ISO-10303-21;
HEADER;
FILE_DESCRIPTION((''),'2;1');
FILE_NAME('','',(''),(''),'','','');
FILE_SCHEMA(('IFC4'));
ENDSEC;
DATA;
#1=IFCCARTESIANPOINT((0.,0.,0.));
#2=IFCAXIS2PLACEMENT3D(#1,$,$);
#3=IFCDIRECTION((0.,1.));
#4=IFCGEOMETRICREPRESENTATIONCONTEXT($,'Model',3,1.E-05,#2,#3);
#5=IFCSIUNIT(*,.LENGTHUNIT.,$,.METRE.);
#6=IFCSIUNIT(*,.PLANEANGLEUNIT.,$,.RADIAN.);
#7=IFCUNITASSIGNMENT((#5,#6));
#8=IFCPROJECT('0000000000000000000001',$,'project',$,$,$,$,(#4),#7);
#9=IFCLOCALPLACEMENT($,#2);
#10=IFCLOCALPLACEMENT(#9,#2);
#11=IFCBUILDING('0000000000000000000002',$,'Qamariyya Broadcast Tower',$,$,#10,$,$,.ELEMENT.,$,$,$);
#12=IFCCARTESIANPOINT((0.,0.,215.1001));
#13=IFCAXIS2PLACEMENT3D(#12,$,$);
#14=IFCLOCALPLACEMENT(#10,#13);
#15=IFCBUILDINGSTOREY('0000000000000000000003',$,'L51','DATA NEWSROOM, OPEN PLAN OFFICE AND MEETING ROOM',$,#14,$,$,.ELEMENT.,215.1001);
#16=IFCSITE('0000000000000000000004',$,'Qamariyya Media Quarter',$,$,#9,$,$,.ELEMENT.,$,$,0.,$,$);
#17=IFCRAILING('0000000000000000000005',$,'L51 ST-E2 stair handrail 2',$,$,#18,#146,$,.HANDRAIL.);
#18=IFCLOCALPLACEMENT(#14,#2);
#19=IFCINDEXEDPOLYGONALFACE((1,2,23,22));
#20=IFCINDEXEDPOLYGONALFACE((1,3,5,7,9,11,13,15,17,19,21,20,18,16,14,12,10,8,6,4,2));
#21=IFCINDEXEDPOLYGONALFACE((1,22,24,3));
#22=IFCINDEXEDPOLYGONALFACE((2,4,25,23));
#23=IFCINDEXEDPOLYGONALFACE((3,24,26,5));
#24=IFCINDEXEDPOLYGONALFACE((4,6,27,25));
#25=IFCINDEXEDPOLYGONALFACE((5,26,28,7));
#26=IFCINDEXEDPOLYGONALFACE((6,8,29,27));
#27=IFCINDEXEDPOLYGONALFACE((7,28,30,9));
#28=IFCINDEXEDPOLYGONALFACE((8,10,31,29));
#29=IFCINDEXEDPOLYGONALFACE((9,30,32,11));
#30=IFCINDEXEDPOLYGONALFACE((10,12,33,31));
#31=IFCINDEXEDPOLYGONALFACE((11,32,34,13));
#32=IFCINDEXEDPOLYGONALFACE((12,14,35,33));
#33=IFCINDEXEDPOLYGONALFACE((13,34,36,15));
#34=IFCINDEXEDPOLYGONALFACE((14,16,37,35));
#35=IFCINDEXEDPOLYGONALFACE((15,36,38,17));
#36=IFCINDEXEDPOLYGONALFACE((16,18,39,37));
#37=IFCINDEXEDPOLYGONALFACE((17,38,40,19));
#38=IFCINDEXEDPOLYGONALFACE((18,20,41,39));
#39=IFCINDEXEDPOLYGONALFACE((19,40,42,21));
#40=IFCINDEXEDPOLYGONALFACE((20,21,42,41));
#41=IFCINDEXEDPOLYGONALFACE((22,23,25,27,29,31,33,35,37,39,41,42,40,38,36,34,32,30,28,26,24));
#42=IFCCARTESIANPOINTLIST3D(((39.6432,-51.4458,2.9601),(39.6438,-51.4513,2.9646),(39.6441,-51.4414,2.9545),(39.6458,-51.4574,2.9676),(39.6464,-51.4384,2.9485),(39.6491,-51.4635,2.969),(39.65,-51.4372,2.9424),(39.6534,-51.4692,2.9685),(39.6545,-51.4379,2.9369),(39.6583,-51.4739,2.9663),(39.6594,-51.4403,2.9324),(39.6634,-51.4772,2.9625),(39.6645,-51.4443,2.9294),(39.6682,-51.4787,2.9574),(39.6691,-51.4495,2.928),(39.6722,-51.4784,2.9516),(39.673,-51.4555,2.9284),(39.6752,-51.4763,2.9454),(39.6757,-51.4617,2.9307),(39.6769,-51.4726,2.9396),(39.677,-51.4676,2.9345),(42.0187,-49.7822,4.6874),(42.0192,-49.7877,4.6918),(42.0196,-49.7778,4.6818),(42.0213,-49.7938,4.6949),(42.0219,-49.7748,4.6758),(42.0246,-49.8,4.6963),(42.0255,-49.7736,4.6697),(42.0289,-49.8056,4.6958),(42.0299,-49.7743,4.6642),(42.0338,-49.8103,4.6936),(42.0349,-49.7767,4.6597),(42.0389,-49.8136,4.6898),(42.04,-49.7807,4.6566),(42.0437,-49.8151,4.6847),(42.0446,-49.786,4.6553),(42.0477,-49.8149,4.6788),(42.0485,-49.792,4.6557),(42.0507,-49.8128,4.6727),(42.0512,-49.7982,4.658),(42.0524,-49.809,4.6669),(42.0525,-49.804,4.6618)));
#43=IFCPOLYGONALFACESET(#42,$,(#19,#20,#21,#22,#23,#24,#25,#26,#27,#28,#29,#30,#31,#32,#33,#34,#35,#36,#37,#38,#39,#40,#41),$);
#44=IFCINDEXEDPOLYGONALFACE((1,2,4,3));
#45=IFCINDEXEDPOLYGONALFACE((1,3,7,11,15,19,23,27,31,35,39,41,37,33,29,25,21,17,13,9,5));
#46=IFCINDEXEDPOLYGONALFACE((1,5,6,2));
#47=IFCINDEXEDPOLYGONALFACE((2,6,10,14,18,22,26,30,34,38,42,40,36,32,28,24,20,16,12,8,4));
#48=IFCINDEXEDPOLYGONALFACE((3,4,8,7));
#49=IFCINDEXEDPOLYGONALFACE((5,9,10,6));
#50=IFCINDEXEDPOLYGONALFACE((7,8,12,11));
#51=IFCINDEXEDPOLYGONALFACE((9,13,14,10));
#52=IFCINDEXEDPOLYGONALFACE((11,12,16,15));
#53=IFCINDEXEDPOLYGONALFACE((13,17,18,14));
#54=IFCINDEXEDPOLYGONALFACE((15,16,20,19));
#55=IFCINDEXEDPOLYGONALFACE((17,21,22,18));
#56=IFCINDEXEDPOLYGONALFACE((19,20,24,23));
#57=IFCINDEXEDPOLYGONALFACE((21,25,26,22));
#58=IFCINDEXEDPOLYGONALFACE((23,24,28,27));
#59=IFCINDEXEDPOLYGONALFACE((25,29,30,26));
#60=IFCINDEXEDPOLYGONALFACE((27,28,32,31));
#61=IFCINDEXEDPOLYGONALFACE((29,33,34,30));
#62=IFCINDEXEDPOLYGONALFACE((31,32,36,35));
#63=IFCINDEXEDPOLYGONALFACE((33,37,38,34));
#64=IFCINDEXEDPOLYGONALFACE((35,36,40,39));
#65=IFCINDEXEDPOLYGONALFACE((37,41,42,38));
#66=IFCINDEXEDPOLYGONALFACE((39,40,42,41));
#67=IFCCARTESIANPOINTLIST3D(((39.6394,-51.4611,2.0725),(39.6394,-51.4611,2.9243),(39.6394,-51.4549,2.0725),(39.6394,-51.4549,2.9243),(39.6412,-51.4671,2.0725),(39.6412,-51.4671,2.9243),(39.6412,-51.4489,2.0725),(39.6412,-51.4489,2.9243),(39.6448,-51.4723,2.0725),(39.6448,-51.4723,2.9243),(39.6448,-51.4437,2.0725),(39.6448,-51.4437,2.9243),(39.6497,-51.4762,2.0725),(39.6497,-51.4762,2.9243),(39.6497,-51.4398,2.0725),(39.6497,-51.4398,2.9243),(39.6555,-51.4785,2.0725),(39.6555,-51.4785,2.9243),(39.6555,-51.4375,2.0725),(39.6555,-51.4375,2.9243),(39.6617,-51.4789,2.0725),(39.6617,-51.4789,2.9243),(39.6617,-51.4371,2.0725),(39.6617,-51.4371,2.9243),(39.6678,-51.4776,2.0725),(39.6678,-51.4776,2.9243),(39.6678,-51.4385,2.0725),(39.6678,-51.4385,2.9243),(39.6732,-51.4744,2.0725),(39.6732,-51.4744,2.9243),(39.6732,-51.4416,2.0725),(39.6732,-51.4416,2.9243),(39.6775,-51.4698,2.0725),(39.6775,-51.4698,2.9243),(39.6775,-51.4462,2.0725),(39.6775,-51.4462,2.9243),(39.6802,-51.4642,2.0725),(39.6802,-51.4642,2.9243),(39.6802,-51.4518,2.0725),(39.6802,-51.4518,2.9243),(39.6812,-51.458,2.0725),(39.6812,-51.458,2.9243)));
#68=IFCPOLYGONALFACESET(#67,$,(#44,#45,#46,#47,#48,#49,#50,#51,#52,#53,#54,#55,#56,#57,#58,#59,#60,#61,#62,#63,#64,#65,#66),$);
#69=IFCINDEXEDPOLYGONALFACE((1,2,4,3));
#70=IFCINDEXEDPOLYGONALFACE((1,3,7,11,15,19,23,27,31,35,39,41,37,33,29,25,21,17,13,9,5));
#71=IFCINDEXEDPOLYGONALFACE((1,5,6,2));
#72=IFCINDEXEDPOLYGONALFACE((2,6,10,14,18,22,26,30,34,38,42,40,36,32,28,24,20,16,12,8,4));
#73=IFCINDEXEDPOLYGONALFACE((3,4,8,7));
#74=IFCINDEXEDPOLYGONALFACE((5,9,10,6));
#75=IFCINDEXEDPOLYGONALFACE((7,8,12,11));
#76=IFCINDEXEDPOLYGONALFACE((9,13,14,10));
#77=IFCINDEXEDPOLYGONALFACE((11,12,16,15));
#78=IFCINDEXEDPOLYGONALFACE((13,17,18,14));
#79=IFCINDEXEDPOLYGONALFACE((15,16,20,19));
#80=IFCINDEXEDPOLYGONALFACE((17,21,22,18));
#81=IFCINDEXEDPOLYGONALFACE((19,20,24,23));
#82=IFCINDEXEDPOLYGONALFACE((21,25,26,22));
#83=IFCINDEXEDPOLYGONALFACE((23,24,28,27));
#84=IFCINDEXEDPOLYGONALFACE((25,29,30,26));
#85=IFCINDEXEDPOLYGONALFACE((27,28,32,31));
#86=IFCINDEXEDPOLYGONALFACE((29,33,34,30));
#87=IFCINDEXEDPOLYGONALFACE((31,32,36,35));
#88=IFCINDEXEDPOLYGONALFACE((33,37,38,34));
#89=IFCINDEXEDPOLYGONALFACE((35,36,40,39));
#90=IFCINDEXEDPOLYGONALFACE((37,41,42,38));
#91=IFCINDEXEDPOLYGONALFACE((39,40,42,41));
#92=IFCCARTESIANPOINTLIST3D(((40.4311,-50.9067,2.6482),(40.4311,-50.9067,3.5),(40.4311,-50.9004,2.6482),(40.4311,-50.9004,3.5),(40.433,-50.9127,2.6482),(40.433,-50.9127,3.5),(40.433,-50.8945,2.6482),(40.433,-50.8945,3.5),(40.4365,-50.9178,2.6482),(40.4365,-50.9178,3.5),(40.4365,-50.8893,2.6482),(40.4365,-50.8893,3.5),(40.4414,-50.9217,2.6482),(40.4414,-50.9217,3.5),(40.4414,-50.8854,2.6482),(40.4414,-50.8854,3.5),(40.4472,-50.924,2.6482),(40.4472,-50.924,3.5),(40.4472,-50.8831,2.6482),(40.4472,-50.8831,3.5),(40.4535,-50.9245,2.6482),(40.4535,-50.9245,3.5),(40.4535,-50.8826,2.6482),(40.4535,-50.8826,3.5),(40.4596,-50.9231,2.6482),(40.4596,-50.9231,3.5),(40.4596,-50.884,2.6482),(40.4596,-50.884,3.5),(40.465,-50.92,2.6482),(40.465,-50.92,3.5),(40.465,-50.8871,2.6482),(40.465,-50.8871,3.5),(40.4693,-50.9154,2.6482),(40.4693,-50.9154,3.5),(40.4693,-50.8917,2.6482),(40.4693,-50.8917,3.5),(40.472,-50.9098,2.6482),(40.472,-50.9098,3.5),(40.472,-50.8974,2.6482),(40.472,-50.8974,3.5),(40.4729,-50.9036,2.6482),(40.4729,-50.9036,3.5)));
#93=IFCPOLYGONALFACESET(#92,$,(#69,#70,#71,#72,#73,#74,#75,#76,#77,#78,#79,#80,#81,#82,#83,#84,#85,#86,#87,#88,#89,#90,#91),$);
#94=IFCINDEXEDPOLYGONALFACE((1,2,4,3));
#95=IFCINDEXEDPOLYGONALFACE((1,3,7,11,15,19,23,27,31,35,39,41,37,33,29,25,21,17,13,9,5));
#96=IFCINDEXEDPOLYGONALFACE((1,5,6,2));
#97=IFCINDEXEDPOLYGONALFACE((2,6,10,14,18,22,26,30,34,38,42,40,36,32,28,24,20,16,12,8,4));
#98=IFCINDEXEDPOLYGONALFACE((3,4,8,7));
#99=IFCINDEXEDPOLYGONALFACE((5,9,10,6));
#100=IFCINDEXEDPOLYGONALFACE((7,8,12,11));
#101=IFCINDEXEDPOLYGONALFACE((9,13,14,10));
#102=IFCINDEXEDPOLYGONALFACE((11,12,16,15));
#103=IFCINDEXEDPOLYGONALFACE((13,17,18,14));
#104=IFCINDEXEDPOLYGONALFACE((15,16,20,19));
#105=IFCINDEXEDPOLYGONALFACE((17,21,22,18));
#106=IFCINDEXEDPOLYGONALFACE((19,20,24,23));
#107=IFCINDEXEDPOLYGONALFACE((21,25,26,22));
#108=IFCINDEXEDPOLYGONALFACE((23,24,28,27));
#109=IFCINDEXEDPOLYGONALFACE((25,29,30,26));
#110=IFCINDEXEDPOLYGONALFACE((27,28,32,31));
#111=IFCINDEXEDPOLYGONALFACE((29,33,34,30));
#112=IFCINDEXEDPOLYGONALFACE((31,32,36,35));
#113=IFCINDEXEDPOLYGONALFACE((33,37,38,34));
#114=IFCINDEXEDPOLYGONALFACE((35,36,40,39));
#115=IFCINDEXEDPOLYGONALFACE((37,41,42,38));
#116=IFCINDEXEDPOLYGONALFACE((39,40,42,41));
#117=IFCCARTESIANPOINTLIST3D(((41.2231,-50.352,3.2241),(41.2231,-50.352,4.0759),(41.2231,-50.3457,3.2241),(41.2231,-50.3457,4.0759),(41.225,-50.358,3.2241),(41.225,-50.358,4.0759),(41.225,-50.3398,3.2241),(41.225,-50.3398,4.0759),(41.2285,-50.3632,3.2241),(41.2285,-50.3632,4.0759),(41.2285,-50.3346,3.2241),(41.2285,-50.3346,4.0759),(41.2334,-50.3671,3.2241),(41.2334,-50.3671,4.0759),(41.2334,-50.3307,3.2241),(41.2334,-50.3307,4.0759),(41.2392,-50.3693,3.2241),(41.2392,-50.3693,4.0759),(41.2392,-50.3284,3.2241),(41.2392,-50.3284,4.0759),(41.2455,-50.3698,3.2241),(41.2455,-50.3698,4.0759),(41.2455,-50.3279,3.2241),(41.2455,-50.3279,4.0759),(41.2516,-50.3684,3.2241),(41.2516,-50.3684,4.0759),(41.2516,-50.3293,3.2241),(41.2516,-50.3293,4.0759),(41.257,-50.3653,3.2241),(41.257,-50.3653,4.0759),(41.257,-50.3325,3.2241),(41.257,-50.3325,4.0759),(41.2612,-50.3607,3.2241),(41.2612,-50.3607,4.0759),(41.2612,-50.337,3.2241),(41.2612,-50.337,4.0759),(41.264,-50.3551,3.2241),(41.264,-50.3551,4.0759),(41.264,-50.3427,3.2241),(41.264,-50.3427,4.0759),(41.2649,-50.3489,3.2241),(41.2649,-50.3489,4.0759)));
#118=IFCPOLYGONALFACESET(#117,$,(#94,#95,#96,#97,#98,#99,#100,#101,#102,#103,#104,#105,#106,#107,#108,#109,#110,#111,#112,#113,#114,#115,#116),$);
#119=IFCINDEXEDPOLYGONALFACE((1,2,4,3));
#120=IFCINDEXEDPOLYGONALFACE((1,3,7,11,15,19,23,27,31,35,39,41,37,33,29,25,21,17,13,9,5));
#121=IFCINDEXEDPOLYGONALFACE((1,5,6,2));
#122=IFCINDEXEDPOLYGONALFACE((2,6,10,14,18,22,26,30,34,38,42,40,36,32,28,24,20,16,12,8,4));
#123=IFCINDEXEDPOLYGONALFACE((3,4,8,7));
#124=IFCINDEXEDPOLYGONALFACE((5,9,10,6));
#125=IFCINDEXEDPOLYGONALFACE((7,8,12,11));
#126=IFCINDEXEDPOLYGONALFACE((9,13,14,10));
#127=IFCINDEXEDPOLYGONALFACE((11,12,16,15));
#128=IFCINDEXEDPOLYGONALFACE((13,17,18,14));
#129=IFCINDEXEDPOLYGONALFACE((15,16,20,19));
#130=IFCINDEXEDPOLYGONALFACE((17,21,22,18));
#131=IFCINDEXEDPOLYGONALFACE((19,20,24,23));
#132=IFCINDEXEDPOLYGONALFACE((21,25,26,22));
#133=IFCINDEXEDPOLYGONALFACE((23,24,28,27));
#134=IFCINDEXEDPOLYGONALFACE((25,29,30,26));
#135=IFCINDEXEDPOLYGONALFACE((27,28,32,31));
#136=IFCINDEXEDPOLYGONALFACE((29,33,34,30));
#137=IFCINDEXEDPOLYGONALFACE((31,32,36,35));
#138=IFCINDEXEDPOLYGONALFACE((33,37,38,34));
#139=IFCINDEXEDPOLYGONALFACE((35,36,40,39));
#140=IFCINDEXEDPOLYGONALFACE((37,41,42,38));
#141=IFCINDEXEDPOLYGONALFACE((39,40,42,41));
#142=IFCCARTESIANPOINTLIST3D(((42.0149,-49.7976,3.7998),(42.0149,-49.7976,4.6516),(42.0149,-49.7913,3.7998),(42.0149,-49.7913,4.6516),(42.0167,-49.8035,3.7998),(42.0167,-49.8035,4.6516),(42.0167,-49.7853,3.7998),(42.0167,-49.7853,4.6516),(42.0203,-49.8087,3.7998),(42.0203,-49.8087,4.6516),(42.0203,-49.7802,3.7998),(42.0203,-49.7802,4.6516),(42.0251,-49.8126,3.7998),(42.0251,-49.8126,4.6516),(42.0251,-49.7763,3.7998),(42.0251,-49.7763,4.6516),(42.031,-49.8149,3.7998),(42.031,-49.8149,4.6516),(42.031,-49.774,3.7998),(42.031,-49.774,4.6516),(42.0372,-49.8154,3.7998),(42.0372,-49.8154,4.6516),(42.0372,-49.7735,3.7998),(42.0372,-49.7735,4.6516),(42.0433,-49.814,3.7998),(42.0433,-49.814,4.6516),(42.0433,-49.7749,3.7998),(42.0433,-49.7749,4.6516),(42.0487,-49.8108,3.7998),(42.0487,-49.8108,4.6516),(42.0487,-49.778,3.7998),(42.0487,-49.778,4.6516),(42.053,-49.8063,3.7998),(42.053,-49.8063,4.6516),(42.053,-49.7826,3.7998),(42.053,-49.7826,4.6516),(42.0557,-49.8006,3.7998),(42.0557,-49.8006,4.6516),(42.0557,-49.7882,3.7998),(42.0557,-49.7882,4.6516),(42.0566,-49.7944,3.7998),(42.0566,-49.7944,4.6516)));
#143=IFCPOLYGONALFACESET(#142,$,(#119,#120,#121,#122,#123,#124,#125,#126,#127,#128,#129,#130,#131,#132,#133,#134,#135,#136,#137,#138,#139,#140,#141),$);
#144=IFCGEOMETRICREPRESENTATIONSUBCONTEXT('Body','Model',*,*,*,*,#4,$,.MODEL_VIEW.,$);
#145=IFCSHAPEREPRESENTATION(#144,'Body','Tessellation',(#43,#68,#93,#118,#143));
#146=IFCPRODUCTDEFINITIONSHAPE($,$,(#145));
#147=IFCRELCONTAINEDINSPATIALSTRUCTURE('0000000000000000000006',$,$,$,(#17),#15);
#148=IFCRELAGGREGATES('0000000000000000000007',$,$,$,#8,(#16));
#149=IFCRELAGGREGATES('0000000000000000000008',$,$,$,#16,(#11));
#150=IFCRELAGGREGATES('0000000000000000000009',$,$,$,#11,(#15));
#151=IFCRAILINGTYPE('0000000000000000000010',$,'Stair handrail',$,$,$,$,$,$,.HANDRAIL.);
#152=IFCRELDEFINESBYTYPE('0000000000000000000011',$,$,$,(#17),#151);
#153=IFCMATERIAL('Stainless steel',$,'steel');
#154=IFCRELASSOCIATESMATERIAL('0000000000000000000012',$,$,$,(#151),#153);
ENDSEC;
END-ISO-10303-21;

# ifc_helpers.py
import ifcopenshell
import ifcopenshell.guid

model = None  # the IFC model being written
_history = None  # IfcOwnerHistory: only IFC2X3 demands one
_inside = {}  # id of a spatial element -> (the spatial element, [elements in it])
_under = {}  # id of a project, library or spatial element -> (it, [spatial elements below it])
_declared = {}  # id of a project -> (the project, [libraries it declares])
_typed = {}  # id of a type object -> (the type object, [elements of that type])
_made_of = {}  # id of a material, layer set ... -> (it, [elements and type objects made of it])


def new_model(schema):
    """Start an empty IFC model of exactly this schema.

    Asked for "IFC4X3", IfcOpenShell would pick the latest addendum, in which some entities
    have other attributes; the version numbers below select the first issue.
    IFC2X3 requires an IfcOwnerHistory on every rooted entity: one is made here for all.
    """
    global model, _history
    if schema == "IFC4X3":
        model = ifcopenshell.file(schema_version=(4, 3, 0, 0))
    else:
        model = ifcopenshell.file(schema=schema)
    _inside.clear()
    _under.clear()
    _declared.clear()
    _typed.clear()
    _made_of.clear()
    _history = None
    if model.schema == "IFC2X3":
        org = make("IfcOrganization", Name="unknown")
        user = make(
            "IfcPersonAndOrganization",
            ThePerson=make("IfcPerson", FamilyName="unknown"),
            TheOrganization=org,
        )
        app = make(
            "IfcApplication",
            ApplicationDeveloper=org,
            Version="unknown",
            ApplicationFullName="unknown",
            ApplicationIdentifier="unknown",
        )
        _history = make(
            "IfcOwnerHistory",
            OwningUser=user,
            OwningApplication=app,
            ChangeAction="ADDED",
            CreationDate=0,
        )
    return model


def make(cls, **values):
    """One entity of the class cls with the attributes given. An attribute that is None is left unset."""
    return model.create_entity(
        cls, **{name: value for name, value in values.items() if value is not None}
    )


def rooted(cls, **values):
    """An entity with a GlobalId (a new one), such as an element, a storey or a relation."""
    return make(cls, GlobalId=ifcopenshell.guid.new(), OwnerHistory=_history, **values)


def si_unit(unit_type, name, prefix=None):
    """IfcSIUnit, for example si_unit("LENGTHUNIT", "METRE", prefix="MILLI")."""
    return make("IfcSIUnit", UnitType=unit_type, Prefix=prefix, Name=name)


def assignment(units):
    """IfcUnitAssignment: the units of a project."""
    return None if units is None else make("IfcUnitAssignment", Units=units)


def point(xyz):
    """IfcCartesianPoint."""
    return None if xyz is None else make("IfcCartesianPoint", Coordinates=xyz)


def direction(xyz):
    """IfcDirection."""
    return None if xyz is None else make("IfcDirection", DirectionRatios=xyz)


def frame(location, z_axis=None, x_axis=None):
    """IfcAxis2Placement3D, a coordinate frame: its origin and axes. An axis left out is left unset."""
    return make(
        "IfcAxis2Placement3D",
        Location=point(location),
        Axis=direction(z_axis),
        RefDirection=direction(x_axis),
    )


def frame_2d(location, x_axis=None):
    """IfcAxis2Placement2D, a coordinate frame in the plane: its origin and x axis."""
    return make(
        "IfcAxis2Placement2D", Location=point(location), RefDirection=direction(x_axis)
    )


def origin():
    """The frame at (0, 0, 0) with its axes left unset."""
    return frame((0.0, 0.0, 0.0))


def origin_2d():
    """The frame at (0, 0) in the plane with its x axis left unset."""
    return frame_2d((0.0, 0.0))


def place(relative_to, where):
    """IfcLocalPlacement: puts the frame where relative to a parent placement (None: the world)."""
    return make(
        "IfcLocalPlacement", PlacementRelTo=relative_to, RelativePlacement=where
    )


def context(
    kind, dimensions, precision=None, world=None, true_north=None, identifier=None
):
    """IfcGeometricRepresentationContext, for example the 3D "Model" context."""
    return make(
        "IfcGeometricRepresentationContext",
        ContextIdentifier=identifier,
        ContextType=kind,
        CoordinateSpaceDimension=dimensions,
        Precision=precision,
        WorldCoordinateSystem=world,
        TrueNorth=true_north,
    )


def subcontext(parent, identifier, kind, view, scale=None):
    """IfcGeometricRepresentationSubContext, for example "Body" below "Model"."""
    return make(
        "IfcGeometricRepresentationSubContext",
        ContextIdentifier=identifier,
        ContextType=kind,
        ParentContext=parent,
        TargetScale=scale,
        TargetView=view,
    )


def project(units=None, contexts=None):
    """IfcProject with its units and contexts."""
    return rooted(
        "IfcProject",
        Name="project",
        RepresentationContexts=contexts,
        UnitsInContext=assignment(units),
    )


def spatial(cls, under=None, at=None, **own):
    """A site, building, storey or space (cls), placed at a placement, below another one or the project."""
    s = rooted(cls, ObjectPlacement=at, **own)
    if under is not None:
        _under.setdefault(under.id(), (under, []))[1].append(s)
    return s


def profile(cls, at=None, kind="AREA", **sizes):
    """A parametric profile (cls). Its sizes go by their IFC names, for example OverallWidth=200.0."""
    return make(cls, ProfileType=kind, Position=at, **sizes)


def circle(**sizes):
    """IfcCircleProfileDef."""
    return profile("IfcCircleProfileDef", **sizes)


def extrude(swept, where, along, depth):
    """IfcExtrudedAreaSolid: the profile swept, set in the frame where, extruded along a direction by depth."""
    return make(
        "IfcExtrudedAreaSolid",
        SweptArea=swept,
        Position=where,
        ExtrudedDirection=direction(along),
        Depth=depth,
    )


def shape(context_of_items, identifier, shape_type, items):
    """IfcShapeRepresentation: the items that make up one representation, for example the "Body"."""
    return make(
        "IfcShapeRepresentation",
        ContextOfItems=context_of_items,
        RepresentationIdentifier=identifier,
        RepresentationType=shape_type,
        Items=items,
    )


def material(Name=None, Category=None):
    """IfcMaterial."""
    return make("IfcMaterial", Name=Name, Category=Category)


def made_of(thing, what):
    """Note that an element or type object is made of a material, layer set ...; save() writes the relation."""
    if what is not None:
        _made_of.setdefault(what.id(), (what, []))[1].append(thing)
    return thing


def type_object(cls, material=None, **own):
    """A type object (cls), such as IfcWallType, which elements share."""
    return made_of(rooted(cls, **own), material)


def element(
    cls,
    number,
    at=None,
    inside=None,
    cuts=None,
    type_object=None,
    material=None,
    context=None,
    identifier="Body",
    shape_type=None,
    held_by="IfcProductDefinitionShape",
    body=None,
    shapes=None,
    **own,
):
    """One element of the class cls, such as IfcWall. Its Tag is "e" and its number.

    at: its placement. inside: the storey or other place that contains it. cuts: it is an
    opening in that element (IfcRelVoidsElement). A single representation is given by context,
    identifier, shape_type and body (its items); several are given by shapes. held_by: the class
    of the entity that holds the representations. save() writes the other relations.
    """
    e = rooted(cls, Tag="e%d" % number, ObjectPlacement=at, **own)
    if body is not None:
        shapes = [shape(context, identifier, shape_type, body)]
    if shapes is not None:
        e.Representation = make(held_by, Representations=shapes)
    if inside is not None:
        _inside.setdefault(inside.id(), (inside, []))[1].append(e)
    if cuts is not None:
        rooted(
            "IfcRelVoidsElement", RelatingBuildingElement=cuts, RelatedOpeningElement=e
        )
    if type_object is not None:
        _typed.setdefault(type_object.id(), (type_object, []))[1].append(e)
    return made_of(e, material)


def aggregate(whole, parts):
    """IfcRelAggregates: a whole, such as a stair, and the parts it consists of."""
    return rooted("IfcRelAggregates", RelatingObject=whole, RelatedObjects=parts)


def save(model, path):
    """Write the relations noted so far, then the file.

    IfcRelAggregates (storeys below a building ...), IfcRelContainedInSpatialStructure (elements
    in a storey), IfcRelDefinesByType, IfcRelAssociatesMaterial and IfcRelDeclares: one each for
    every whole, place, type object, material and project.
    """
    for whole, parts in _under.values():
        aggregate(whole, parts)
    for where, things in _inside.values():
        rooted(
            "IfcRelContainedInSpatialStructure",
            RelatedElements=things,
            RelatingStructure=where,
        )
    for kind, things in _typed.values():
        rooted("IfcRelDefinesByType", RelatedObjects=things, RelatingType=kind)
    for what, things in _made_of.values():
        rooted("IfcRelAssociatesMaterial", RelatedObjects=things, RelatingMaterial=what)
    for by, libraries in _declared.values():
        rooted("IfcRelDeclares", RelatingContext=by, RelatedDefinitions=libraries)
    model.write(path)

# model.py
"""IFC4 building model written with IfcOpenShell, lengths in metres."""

from ifc_helpers import new_model, si_unit, direction, frame, origin, origin_2d, place, context, subcontext, project, spatial, circle, extrude, material, type_object, element, save


model = new_model("IFC4")

# Units and contexts
model_context = context("Model", 3, precision=1e-05, world=origin(), true_north=direction((0.0, 1.0)))
body_context = subcontext(model_context, "Body", "Model", "MODEL_VIEW")
ifc_project = project(units=[si_unit("LENGTHUNIT", "METRE"), si_unit("PLANEANGLEUNIT", "RADIAN")], contexts=[model_context])

# Site, building, storey
site_placement = place(None, origin())
site = spatial("IfcSite", under=ifc_project, at=site_placement, Name="Qamariyya Media Quarter", CompositionType="ELEMENT", RefElevation=0.0)
building_placement = place(site_placement, origin())
building = spatial("IfcBuilding", under=site, at=building_placement, Name="Qamariyya Broadcast Tower", CompositionType="ELEMENT")
storey_placement = place(building_placement, frame((0.0, 0.0, 215.1001)))
storey = spatial("IfcBuildingStorey", under=building, at=storey_placement, Name="L51", Description="DATA NEWSROOM, OPEN PLAN OFFICE AND MEETING ROOM", CompositionType="ELEMENT", Elevation=215.1001)

# Railing
ifc_material_1 = material(Name="Stainless steel", Category="steel")
railing_type_1 = type_object("IfcRailingType", Name="Stair handrail", PredefinedType="HANDRAIL", material=ifc_material_1)
railing_1_placement = place(storey_placement, frame((39.6602, -51.458, 2.0725)))
element("IfcRailing", 1, at=railing_1_placement, inside=storey, type_object=railing_type_1, Name="L51 ST-E2 stair handrail 2", PredefinedType="HANDRAIL", context=body_context, shape_type="SweptSolid", body=[
    extrude(circle(Radius=0.0239, at=origin_2d()), frame((0.0, 0.0, 0.876), z_axis=(0.703745, 0.492838, 0.511716), x_axis=(-0.573632, 0.819113, 0.0)), (0.0, 0.0, 1.0), 3.3755),
    extrude(circle(Radius=0.021, at=origin_2d()), origin(), (0.0, 0.0, 1.0), 0.8518),
    extrude(circle(Radius=0.021, at=origin_2d()), frame((0.7917, 0.5544, 0.5757)), (0.0, 0.0, 1.0), 0.8518),
    extrude(circle(Radius=0.021, at=origin_2d()), frame((1.5837, 1.1091, 1.1516)), (0.0, 0.0, 1.0), 0.8518),
    extrude(circle(Radius=0.021, at=origin_2d()), frame((2.3755, 1.6636, 1.7273)), (0.0, 0.0, 1.0), 0.8518),
])

save(model, "model.ifc")
